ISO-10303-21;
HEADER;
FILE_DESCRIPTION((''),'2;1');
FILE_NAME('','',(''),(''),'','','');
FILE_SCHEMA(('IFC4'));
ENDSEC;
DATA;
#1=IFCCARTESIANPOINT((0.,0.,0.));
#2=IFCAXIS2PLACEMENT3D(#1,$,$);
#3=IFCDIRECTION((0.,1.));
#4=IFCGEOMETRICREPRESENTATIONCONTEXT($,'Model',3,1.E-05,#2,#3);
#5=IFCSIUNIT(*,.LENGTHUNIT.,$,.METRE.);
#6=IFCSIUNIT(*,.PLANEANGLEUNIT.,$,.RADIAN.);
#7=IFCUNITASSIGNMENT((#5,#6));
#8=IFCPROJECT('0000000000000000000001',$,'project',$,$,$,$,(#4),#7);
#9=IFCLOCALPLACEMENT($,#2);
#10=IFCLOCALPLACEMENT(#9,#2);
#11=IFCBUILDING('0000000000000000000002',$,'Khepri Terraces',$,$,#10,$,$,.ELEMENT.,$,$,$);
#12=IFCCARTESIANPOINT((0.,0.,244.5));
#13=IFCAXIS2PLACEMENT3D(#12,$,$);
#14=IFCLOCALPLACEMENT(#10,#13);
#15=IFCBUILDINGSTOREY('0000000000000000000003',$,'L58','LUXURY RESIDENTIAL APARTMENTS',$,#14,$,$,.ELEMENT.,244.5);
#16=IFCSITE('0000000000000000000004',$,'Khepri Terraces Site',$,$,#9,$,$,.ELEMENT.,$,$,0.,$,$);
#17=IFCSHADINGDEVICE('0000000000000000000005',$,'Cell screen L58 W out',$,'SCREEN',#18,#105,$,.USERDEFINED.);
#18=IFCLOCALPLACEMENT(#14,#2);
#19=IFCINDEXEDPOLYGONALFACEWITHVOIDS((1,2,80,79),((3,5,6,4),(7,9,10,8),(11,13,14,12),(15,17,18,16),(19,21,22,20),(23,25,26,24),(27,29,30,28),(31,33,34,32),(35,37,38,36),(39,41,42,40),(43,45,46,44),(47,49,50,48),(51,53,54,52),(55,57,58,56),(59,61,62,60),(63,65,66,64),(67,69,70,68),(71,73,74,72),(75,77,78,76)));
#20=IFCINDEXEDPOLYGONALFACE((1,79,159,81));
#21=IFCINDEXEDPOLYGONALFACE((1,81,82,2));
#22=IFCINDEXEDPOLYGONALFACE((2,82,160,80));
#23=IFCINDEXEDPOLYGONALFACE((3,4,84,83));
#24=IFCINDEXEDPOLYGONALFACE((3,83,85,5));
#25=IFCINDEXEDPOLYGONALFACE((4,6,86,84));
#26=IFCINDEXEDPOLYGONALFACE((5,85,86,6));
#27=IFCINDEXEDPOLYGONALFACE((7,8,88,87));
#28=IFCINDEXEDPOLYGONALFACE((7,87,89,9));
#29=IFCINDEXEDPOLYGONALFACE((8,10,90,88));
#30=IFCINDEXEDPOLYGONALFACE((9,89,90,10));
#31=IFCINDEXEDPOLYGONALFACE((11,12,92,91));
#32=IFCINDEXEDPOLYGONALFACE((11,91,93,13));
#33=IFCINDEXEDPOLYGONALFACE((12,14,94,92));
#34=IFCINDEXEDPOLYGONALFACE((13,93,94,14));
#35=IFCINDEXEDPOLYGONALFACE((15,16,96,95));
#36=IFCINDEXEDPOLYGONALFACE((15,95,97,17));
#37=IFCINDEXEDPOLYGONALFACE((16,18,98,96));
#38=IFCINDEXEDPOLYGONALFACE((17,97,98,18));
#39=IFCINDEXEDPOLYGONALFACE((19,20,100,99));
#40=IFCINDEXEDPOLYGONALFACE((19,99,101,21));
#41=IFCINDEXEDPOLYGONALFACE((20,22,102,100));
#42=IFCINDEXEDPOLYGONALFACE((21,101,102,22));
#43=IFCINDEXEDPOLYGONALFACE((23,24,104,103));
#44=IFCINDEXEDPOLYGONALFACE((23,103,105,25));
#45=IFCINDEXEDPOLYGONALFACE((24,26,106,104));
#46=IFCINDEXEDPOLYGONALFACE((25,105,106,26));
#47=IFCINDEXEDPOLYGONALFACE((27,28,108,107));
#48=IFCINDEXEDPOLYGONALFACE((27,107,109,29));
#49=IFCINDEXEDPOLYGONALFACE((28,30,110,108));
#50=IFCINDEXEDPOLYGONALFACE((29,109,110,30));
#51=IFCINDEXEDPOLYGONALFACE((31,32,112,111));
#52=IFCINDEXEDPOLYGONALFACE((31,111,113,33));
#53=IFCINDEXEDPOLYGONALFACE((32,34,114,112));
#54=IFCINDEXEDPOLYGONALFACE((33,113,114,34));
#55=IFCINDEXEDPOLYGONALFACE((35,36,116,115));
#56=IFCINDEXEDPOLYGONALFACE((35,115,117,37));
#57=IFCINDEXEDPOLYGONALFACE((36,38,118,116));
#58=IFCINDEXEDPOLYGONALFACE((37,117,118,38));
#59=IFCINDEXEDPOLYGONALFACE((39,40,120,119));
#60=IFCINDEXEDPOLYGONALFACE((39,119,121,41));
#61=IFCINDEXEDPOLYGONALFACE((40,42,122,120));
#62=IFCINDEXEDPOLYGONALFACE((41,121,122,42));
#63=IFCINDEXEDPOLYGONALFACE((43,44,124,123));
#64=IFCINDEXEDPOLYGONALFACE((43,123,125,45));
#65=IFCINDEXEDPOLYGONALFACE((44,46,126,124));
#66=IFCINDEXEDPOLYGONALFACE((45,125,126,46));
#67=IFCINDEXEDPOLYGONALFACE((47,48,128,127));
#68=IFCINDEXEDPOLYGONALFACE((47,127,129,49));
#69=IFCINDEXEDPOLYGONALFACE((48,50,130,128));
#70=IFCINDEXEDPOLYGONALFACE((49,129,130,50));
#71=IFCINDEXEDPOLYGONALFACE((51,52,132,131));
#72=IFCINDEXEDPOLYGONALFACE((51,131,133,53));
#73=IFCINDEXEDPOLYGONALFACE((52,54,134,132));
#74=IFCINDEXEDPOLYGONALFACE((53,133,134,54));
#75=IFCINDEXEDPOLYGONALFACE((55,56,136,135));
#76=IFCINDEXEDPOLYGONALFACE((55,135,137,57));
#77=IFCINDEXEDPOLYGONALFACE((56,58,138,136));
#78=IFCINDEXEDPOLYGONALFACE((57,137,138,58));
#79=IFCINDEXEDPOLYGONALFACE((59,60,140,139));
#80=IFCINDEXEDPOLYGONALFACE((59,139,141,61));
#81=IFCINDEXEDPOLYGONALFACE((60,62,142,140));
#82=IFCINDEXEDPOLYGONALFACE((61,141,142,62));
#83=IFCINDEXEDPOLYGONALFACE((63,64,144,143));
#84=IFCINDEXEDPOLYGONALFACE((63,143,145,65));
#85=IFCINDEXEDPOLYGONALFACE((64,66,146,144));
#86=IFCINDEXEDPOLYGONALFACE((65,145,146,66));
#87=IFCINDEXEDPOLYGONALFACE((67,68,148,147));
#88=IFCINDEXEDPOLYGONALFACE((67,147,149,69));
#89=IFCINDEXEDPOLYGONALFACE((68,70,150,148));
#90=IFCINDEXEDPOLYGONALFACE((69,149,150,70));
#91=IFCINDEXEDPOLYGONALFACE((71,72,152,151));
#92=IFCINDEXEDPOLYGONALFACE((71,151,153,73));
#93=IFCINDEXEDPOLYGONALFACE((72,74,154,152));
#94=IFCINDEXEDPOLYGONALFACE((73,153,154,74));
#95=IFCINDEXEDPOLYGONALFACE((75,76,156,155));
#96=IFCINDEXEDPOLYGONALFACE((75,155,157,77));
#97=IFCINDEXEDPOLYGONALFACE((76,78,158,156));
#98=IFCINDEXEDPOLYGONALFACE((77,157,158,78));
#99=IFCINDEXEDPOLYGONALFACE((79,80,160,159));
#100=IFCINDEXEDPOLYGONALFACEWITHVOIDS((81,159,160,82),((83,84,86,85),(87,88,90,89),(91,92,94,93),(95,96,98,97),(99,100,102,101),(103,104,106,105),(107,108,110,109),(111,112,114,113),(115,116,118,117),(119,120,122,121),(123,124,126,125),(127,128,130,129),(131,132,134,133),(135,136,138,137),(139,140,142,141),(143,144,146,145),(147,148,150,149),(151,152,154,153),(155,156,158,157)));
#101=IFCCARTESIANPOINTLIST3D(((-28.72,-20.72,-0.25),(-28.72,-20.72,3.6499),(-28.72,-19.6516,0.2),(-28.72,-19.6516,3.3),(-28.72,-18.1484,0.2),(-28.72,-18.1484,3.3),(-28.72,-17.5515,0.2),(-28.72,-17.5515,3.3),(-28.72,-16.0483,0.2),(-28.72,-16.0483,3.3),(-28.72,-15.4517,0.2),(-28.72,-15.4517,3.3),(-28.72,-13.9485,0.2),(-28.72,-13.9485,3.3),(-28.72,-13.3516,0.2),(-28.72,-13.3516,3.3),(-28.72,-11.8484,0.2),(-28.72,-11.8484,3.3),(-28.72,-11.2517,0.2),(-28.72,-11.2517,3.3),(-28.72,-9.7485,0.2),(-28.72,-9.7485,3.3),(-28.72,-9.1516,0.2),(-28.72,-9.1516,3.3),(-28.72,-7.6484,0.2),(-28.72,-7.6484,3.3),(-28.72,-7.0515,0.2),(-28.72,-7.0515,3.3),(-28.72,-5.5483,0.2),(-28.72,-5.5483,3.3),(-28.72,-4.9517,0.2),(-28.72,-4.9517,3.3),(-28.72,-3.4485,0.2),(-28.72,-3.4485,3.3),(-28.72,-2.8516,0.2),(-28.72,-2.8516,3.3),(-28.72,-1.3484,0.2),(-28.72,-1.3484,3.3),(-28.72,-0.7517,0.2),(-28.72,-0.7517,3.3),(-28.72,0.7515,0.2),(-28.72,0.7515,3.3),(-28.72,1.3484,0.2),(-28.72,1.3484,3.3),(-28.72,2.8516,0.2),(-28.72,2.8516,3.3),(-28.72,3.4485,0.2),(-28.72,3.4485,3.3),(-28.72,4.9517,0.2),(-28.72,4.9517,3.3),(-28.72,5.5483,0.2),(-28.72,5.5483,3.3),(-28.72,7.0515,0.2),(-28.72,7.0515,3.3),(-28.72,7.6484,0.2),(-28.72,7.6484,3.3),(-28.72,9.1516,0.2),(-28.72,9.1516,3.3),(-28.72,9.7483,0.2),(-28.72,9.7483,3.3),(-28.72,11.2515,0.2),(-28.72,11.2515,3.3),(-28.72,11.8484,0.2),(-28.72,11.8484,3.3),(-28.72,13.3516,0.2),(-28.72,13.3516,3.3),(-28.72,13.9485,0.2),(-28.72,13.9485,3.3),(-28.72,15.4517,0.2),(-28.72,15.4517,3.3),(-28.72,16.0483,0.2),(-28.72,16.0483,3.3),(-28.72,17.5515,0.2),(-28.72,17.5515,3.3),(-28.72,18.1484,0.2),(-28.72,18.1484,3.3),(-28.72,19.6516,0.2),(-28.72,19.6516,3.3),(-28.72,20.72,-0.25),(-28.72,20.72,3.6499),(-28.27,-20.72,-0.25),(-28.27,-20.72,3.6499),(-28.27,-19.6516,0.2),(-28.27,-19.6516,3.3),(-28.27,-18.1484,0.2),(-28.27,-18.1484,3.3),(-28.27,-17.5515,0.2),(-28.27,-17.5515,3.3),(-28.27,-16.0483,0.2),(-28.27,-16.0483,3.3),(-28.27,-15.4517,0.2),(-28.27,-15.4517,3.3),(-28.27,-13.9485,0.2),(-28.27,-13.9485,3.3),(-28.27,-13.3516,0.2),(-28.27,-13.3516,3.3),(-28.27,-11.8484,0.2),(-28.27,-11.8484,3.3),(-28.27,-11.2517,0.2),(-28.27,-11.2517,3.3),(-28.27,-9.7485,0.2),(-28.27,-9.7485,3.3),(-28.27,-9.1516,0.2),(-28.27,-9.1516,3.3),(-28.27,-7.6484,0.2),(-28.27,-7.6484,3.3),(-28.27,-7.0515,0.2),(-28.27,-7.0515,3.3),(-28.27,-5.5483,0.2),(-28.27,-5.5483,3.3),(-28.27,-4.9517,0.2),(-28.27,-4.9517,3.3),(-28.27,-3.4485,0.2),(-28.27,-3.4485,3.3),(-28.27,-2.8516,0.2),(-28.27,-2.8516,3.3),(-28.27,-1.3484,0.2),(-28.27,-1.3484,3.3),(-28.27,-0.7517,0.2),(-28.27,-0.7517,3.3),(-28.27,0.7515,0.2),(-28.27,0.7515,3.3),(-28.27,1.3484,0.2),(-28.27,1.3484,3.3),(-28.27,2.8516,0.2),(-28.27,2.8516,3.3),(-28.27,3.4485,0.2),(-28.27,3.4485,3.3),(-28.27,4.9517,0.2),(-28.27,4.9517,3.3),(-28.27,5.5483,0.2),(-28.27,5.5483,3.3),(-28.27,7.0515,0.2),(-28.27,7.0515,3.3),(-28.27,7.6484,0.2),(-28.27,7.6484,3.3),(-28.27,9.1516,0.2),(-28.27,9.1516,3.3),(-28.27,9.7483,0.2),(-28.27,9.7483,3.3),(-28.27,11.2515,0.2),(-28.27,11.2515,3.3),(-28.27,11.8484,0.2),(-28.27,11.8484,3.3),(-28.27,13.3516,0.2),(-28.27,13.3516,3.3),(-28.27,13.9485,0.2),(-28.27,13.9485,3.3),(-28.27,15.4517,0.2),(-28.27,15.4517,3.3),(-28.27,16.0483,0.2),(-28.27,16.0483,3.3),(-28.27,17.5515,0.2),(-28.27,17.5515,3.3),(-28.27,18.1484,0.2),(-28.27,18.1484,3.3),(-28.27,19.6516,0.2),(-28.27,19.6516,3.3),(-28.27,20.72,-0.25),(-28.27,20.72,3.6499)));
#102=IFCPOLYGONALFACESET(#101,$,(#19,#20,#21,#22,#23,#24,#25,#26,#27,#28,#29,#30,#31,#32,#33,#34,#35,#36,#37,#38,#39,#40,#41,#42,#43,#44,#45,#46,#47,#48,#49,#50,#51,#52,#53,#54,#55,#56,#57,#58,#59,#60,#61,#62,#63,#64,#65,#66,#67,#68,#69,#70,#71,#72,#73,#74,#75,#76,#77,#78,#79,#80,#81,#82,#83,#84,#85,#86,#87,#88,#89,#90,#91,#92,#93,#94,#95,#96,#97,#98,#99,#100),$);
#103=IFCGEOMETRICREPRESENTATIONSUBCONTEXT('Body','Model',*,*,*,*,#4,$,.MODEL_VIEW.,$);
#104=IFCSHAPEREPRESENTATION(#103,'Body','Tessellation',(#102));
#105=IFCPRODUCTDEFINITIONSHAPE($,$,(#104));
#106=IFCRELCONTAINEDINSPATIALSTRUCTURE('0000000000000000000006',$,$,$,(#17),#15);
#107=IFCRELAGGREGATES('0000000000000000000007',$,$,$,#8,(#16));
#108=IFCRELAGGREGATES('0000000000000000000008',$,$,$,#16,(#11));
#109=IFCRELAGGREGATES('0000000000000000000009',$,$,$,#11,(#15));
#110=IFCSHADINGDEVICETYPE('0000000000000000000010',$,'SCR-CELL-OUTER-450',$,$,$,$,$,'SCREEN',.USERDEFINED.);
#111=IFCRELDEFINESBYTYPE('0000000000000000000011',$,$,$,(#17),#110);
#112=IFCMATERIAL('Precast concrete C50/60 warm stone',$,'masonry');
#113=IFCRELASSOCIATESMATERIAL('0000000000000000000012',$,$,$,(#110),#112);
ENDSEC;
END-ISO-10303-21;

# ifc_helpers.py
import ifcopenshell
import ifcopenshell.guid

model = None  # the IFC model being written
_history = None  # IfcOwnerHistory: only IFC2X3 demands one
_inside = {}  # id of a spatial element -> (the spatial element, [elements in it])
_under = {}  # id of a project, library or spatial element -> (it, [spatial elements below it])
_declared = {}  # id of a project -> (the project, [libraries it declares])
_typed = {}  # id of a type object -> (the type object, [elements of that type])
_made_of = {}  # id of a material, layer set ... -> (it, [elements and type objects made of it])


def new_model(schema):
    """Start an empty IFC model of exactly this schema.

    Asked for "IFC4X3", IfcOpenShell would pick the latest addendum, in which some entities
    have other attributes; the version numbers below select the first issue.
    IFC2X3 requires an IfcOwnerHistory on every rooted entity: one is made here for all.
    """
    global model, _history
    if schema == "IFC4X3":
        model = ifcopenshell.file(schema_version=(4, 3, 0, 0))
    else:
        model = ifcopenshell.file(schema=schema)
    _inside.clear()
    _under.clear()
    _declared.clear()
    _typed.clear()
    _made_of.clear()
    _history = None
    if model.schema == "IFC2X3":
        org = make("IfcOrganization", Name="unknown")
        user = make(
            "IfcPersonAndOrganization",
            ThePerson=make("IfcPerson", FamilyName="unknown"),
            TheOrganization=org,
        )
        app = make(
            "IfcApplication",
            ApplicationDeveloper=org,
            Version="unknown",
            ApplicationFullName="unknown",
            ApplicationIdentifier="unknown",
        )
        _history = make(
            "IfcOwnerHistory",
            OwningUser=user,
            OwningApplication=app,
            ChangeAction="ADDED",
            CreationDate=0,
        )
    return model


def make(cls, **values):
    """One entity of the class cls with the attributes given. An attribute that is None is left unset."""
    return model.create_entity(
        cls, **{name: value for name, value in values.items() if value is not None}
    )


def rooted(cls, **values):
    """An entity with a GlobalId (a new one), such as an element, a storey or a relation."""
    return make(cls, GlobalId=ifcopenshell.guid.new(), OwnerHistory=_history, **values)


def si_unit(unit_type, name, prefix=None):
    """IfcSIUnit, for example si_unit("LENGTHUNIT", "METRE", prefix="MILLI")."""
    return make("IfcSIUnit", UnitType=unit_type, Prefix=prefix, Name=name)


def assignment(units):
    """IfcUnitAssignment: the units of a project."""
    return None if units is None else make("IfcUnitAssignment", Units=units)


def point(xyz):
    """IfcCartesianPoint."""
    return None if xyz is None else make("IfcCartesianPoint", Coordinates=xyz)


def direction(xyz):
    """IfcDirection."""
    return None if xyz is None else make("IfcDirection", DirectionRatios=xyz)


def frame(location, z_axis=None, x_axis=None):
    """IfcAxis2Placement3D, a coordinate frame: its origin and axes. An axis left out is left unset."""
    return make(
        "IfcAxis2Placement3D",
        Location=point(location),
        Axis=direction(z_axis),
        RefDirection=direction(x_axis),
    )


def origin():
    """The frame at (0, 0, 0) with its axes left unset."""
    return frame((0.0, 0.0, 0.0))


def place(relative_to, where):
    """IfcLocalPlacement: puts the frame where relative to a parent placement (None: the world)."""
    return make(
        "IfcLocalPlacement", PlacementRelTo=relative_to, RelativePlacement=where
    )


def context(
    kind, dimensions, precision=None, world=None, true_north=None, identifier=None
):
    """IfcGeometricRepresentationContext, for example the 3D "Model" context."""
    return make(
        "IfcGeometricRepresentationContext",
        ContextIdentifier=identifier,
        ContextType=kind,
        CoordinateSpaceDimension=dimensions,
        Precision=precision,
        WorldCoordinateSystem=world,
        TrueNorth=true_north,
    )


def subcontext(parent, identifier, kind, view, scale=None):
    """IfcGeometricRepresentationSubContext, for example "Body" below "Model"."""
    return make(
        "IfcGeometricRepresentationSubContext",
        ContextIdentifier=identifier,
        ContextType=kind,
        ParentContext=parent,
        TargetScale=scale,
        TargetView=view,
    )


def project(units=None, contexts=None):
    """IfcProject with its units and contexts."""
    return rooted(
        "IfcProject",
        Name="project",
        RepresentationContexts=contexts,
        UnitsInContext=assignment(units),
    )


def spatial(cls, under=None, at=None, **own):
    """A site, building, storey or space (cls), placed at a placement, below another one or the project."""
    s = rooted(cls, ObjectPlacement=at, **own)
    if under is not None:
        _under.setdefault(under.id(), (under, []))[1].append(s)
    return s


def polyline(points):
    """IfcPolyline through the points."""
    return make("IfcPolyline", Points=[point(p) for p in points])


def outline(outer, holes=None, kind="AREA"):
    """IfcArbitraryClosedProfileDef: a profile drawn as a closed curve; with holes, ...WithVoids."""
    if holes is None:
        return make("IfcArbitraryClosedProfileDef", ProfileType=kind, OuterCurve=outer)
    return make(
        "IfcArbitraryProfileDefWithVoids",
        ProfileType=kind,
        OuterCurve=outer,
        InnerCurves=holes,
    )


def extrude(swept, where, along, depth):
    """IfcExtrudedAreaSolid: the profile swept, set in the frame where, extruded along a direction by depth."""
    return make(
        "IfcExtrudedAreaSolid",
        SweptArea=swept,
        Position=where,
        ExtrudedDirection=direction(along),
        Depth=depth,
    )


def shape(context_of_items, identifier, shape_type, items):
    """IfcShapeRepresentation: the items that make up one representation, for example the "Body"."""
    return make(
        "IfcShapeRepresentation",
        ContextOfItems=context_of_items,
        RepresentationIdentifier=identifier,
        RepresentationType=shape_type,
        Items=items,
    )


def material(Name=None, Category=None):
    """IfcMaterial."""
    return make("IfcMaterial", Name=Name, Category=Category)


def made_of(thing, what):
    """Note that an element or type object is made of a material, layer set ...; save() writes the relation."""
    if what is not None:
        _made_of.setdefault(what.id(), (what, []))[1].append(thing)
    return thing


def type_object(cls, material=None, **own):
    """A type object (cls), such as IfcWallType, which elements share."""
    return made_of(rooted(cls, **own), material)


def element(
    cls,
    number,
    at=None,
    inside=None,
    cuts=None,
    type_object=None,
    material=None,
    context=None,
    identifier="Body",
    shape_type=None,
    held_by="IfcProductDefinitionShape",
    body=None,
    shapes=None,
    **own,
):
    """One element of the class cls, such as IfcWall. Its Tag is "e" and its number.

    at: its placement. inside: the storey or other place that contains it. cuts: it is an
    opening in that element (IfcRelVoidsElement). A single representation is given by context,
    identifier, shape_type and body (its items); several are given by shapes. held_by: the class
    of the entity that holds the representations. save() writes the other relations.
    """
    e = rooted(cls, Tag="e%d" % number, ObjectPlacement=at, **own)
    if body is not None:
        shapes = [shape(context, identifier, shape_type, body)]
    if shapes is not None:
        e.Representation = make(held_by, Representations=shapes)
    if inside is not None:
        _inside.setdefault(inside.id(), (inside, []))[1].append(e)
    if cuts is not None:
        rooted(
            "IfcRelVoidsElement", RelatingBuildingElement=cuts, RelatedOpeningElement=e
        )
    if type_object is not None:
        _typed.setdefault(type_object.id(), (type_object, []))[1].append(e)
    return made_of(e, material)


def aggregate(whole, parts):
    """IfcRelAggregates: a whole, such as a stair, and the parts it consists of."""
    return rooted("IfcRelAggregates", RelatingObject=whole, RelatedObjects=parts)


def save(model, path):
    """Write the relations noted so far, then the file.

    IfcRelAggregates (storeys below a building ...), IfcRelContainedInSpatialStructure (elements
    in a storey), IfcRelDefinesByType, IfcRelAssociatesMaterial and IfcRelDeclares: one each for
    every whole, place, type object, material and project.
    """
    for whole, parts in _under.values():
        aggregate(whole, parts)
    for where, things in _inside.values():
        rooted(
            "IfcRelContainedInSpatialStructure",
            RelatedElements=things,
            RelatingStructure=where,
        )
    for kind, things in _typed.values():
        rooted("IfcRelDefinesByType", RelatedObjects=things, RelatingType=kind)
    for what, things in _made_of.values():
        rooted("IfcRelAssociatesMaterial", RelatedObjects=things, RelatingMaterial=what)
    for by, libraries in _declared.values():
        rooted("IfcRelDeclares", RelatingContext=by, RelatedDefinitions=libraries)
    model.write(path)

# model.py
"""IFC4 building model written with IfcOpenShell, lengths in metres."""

from ifc_helpers import new_model, si_unit, direction, frame, origin, place, context, subcontext, project, spatial, polyline, outline, extrude, material, type_object, element, save


model = new_model("IFC4")

# Units and contexts
model_context = context("Model", 3, precision=1e-05, world=origin(), true_north=direction((0.0, 1.0)))
body_context = subcontext(model_context, "Body", "Model", "MODEL_VIEW")
ifc_project = project(units=[si_unit("LENGTHUNIT", "METRE"), si_unit("PLANEANGLEUNIT", "RADIAN")], contexts=[model_context])

# Site, building, storey
site_placement = place(None, origin())
site = spatial("IfcSite", under=ifc_project, at=site_placement, Name="Khepri Terraces Site", CompositionType="ELEMENT", RefElevation=0.0)
building_placement = place(site_placement, origin())
building = spatial("IfcBuilding", under=site, at=building_placement, Name="Khepri Terraces", CompositionType="ELEMENT")
storey_placement = place(building_placement, frame((0.0, 0.0, 244.5)))
storey = spatial("IfcBuildingStorey", under=building, at=storey_placement, Name="L58", Description="LUXURY RESIDENTIAL APARTMENTS", CompositionType="ELEMENT", Elevation=244.5)

# Shared definitions
ifc_material_1 = material(Name="Precast concrete C50/60 warm stone", Category="masonry")

# Shading device
shading_device_type_1 = type_object("IfcShadingDeviceType", Name="SCR-CELL-OUTER-450", ElementType="SCREEN", PredefinedType="USERDEFINED", material=ifc_material_1)
shading_device_1_placement = place(storey_placement, frame((-28.27, 20.72, -0.25), z_axis=(-1.0, 0.0, 0.0), x_axis=(0.0, -1.0, 0.0)))
element("IfcShadingDevice", 1, at=shading_device_1_placement, inside=storey, type_object=shading_device_type_1, Name="Cell screen L58 W out", ObjectType="SCREEN", PredefinedType="USERDEFINED", context=body_context, shape_type="SweptSolid", body=[
    extrude(outline(polyline([(0.0, 0.0), (41.4399, 0.0), (41.4399, 3.8999), (0.0, 3.8999), (0.0, 0.0)]), holes=[polyline([(1.0684, 0.45), (2.5715, 0.45), (2.5715, 3.55), (1.0684, 3.55), (1.0684, 0.45)]), polyline([(3.1685, 0.45), (4.6716, 0.45), (4.6716, 3.55), (3.1685, 3.55), (3.1685, 0.45)]), polyline([(5.2683, 0.45), (6.7715, 0.45), (6.7715, 3.55), (5.2683, 3.55), (5.2683, 0.45)]), polyline([(7.3684, 0.45), (8.8716, 0.45), (8.8716, 3.55), (7.3684, 3.55), (7.3684, 0.45)]), polyline([(9.4685, 0.45), (10.9717, 0.45), (10.9717, 3.55), (9.4685, 3.55), (9.4685, 0.45)]), polyline([(11.5684, 0.45), (13.0715, 0.45), (13.0715, 3.55), (11.5684, 3.55), (11.5684, 0.45)]), polyline([(13.6685, 0.45), (15.1716, 0.45), (15.1716, 3.55), (13.6685, 3.55), (13.6685, 0.45)]), polyline([(15.7683, 0.45), (17.2715, 0.45), (17.2715, 3.55), (15.7683, 3.55), (15.7683, 0.45)]), polyline([(17.8684, 0.45), (19.3716, 0.45), (19.3716, 3.55), (17.8684, 3.55), (17.8684, 0.45)]), polyline([(19.9685, 0.45), (21.4717, 0.45), (21.4717, 3.55), (19.9685, 3.55), (19.9685, 0.45)]), polyline([(22.0684, 0.45), (23.5715, 0.45), (23.5715, 3.55), (22.0684, 3.55), (22.0684, 0.45)]), polyline([(24.1685, 0.45), (25.6716, 0.45), (25.6716, 3.55), (24.1685, 3.55), (24.1685, 0.45)]), polyline([(26.2683, 0.45), (27.7715, 0.45), (27.7715, 3.55), (26.2683, 3.55), (26.2683, 0.45)]), polyline([(28.3684, 0.45), (29.8716, 0.45), (29.8716, 3.55), (28.3684, 3.55), (28.3684, 0.45)]), polyline([(30.4685, 0.45), (31.9717, 0.45), (31.9717, 3.55), (30.4685, 3.55), (30.4685, 0.45)]), polyline([(32.5684, 0.45), (34.0715, 0.45), (34.0715, 3.55), (32.5684, 3.55), (32.5684, 0.45)]), polyline([(34.6685, 0.45), (36.1716, 0.45), (36.1716, 3.55), (34.6685, 3.55), (34.6685, 0.45)]), polyline([(36.7683, 0.45), (38.2715, 0.45), (38.2715, 3.55), (36.7683, 3.55), (36.7683, 0.45)]), polyline([(38.8684, 0.45), (40.3716, 0.45), (40.3716, 3.55), (38.8684, 3.55), (38.8684, 0.45)])]), origin(), (0.0, 0.0, 1.0), 0.45),
])

save(model, "model.ifc")
